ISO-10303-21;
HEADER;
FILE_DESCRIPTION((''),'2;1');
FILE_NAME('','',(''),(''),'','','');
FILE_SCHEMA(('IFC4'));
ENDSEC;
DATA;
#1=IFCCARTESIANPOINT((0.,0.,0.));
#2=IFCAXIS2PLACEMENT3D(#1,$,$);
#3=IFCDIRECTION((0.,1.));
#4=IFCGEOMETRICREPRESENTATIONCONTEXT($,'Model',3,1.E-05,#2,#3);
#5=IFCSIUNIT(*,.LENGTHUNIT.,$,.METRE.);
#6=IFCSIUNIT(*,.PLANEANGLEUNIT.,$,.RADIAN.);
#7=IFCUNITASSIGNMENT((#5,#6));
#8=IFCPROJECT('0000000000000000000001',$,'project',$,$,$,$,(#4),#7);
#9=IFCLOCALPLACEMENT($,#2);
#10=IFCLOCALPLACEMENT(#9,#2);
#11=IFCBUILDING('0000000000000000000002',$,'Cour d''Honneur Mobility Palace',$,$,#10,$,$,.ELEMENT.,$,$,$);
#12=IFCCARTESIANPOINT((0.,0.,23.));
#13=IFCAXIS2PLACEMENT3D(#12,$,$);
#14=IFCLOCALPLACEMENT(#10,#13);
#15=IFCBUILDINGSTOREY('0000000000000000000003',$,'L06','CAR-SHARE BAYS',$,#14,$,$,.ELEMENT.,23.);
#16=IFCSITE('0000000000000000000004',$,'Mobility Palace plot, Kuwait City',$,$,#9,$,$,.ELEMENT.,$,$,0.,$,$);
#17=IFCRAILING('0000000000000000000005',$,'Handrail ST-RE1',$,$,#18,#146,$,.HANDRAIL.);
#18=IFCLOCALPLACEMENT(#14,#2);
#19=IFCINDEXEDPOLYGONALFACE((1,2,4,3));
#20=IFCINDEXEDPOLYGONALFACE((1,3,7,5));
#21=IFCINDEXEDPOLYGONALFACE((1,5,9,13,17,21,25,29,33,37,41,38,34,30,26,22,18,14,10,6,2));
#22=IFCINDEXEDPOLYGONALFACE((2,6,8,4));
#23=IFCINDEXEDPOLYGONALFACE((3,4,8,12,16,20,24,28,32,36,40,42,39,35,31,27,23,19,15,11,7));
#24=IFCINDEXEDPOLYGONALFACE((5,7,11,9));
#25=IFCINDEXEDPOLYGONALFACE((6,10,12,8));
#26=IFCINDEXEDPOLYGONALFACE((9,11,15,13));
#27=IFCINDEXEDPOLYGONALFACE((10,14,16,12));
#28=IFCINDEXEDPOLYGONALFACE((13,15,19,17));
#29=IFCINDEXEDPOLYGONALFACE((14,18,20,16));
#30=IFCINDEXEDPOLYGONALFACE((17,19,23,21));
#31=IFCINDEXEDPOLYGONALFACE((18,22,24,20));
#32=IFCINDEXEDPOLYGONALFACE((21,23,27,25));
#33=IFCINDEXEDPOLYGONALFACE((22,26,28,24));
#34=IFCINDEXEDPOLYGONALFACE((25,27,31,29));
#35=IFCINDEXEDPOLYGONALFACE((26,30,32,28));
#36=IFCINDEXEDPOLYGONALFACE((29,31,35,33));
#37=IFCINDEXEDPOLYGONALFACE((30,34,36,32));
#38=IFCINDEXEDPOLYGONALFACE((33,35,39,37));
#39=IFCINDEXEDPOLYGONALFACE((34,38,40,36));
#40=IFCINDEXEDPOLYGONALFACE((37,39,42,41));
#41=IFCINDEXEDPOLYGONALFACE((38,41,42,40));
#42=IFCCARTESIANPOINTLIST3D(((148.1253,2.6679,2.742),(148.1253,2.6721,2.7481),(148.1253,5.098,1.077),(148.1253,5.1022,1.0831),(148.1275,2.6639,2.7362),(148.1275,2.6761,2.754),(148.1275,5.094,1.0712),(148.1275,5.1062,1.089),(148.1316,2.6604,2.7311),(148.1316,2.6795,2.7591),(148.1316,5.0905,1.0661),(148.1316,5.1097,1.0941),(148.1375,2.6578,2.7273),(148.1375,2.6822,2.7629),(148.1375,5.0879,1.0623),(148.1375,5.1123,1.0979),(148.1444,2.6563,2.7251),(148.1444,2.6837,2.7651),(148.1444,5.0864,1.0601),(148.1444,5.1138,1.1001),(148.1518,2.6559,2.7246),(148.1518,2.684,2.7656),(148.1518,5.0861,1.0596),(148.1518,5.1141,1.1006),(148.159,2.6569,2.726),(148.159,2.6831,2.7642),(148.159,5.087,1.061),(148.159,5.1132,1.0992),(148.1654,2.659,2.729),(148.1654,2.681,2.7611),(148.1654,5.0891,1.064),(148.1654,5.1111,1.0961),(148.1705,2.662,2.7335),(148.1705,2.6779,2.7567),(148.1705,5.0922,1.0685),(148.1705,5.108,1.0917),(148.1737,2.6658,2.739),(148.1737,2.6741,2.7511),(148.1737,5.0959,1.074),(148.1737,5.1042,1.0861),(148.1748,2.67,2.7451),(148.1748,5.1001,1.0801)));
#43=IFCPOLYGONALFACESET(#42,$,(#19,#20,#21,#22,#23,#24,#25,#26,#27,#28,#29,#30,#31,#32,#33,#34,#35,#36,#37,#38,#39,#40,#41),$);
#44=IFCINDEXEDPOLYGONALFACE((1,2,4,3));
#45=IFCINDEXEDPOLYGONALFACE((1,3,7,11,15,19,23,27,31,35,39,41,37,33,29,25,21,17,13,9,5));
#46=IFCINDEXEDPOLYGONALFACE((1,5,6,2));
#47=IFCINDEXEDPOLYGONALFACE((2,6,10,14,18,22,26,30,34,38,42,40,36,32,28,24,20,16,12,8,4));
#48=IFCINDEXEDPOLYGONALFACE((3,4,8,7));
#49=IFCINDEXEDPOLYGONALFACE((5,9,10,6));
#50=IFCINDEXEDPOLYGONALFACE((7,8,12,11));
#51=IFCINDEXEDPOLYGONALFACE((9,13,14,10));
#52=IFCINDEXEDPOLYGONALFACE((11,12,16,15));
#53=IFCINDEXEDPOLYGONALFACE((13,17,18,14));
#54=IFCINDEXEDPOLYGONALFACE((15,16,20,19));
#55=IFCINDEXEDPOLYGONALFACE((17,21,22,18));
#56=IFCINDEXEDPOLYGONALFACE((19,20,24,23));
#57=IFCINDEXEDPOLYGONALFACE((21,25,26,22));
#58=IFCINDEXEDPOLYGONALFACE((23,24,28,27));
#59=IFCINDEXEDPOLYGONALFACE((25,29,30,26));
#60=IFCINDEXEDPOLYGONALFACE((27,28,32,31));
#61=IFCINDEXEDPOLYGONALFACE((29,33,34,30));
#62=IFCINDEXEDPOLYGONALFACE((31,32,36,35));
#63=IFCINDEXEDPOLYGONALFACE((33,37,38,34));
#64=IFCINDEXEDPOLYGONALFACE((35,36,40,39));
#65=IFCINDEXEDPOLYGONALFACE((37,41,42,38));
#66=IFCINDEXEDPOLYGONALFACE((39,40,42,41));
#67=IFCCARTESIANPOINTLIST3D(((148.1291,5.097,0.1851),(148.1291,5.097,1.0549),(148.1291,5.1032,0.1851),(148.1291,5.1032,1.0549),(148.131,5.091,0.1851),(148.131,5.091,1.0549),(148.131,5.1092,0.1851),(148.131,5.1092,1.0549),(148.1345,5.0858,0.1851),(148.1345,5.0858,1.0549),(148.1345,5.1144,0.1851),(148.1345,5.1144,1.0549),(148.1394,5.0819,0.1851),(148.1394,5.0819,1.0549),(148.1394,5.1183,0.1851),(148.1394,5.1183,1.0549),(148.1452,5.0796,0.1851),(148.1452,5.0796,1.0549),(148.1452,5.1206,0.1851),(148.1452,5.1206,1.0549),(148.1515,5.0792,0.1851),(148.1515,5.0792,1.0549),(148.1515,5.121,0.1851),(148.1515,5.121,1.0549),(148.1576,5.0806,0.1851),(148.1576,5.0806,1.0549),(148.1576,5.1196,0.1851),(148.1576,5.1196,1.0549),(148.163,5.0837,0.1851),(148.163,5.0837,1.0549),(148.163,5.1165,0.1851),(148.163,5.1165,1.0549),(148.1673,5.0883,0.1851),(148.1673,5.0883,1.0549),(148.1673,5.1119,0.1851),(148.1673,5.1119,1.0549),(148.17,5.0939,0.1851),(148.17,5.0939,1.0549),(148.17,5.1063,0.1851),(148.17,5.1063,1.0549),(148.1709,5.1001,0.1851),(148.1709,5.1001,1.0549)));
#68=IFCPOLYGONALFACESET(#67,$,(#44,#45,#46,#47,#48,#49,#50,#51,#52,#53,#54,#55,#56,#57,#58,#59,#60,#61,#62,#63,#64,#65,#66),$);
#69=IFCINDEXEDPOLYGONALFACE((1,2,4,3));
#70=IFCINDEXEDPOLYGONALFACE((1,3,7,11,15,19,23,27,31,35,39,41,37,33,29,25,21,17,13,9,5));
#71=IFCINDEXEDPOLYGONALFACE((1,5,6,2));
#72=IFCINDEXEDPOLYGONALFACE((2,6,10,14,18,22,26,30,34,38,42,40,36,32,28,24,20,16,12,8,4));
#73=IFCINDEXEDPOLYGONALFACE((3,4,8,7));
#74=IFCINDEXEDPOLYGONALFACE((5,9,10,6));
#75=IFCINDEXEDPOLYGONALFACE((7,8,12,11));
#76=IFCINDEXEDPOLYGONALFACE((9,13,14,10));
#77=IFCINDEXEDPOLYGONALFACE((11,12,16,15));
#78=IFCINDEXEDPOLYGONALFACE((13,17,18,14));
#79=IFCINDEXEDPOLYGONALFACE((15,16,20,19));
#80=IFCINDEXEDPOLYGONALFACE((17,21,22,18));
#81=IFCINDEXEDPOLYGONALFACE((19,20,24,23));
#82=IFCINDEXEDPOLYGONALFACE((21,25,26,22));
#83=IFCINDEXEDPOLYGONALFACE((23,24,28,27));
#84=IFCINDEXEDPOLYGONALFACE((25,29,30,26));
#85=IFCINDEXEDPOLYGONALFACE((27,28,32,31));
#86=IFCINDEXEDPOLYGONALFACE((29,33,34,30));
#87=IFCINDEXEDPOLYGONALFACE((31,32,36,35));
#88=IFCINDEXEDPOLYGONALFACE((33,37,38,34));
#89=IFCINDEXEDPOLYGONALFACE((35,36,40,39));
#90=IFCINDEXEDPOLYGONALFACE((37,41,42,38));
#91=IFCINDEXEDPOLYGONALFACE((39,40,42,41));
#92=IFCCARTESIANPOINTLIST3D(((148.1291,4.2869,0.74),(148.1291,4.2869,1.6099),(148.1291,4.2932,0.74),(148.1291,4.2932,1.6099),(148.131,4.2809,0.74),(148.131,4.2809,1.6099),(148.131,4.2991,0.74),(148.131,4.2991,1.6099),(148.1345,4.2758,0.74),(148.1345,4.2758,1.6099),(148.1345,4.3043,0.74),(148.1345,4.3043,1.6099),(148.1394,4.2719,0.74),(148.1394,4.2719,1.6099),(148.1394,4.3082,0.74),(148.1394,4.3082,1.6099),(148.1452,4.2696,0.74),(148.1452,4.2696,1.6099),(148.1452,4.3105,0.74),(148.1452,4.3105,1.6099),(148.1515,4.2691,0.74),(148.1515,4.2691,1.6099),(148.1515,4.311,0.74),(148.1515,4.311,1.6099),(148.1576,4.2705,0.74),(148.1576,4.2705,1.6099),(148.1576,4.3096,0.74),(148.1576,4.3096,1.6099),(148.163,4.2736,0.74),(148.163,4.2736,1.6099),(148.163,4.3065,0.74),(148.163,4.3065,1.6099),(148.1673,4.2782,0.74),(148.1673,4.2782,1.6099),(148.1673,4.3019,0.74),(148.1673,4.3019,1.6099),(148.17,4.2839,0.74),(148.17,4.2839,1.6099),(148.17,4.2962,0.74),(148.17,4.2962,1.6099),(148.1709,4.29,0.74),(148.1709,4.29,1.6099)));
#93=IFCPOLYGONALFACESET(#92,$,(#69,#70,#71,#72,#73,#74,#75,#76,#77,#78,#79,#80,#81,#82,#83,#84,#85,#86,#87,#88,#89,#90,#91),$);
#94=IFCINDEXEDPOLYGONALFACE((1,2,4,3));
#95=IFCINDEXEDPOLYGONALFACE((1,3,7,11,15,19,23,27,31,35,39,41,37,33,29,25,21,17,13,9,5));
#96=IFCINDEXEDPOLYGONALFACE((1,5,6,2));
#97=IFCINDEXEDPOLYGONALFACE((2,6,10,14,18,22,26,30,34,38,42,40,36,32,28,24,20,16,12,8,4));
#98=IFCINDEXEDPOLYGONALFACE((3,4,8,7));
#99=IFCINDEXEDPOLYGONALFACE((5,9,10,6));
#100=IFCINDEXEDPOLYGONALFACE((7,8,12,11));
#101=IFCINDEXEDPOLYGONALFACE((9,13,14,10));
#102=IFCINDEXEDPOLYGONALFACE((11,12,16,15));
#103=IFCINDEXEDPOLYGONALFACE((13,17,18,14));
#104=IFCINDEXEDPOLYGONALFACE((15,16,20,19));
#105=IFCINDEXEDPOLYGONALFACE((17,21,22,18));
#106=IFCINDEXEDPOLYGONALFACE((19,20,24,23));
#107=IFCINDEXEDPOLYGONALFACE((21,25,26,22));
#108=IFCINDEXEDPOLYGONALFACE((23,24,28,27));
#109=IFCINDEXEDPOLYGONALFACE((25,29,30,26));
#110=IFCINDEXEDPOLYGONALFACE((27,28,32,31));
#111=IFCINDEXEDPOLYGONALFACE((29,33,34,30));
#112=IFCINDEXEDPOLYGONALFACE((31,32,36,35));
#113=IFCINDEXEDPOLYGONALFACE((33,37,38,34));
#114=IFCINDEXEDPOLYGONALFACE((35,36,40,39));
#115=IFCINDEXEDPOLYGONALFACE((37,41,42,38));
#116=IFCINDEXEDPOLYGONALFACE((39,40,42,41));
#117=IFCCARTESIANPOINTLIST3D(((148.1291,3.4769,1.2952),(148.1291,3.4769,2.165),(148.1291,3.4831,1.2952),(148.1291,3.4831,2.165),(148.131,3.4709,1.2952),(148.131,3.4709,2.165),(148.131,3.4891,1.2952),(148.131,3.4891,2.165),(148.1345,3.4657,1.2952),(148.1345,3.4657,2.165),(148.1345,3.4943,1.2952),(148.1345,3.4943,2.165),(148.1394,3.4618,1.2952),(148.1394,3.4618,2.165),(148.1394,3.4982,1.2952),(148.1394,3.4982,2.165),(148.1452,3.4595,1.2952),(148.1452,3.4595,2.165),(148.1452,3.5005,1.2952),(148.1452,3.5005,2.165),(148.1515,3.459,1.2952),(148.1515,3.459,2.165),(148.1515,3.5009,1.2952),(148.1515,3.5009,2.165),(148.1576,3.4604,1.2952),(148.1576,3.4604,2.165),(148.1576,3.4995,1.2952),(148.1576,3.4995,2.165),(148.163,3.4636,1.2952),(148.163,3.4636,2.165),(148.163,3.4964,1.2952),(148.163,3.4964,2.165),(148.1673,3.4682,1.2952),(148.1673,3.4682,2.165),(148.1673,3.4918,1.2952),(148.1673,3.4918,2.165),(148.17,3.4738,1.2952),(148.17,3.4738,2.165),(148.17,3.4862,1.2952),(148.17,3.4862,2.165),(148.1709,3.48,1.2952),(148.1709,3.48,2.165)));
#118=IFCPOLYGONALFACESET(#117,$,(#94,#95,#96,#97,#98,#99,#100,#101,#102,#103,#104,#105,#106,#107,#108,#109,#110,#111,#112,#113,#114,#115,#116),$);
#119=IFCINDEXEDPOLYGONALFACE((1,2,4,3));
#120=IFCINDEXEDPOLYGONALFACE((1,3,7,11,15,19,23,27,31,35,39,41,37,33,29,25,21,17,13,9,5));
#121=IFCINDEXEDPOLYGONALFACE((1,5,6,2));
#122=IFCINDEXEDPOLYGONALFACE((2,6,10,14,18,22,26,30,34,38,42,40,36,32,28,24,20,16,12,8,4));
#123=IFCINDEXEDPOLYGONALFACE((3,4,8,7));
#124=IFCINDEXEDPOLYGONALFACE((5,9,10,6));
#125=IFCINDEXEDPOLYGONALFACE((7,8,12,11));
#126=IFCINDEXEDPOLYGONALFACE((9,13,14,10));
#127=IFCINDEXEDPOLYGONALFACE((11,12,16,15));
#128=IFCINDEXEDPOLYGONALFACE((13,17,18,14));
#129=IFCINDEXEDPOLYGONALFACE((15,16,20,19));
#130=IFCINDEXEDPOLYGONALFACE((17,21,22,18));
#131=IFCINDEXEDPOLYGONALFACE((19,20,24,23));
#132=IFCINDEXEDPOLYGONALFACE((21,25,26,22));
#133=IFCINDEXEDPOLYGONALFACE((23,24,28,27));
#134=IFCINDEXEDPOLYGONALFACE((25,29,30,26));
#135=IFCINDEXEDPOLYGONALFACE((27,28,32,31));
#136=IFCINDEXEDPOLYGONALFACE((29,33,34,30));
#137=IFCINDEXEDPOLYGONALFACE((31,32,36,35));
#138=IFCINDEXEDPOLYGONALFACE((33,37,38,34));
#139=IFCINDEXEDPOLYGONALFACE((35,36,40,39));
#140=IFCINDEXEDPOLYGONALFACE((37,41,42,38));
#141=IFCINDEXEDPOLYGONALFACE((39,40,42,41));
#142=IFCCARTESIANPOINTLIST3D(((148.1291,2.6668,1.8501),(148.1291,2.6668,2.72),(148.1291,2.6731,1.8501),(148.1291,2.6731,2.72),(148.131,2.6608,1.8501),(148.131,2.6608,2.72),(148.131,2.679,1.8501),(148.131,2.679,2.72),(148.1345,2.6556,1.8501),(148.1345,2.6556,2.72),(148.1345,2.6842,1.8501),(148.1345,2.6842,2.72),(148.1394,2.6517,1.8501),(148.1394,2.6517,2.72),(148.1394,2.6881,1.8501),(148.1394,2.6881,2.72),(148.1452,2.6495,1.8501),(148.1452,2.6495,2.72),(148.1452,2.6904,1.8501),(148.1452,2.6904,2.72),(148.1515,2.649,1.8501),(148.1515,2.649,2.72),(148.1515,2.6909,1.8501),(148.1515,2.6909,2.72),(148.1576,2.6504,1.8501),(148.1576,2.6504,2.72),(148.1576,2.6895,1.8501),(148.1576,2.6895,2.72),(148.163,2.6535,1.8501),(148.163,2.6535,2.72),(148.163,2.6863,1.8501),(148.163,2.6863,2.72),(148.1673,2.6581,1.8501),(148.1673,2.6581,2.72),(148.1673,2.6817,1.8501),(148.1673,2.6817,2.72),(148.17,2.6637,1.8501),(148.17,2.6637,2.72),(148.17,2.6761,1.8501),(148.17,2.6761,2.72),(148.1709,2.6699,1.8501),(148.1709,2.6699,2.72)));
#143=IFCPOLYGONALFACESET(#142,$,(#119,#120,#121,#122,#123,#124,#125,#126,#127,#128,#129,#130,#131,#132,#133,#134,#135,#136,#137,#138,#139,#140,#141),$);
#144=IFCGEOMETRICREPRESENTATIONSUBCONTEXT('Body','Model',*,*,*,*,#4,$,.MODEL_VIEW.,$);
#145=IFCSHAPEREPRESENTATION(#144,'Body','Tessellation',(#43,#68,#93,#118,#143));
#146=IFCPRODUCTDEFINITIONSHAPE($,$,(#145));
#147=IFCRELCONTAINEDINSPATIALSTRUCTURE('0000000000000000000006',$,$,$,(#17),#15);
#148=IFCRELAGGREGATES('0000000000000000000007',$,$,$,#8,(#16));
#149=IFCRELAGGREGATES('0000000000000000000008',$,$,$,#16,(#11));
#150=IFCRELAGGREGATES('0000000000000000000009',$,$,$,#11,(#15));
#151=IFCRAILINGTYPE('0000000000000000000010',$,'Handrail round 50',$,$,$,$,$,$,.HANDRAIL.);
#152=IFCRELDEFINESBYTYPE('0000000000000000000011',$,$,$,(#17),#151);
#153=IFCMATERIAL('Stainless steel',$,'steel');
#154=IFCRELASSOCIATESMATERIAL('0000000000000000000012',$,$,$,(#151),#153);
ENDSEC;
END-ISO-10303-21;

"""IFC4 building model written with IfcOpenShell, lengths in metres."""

from ifc_helpers import new_model, si_unit, direction, frame, origin, origin_2d, place, context, subcontext, project, spatial, circle, extrude, material, type_object, element, save


model = new_model("IFC4")

# Units and contexts
model_context = context("Model", 3, precision=1e-05, world=origin(), true_north=direction((0.0, 1.0)))
body_context = subcontext(model_context, "Body", "Model", "MODEL_VIEW")
ifc_project = project(units=[si_unit("LENGTHUNIT", "METRE"), si_unit("PLANEANGLEUNIT", "RADIAN")], contexts=[model_context])

# Site, building, storey
site_placement = place(None, origin())
site = spatial("IfcSite", under=ifc_project, at=site_placement, Name="Mobility Palace plot, Kuwait City", CompositionType="ELEMENT", RefElevation=0.0)
building_placement = place(site_placement, origin())
building = spatial("IfcBuilding", under=site, at=building_placement, Name="Cour d'Honneur Mobility Palace", CompositionType="ELEMENT")
storey_placement = place(building_placement, frame((0.0, 0.0, 23.0)))
storey = spatial("IfcBuildingStorey", under=building, at=storey_placement, Name="L06", Description="CAR-SHARE BAYS", CompositionType="ELEMENT", Elevation=23.0)

# Railing
ifc_material_1 = material(Name="Stainless steel", Category="steel")
railing_type_1 = type_object("IfcRailingType", Name="Handrail round 50", PredefinedType="HANDRAIL", material=ifc_material_1)
for number, where, name in (
    (1, (148.1499, 5.1001, 0.1851), "Handrail ST-RE1"),
):
    element("IfcRailing", number, at=place(storey_placement, frame(where)), inside=storey, type_object=railing_type_1, Name=name, PredefinedType="HANDRAIL", context=body_context, shape_type="SweptSolid", body=[
        extrude(circle(Radius=0.0249, at=origin_2d()), frame((0.0, 0.0, 0.895), z_axis=(0.0, -0.824945, 0.565213), x_axis=(1.0, 0.0, 0.0)), (0.0, 0.0, 1.0), 2.9458),
        extrude(circle(Radius=0.021, at=origin_2d()), origin(), (0.0, 0.0, 1.0), 0.8699),
        extrude(circle(Radius=0.021, at=origin_2d()), frame((0.0, -0.8101, 0.5549)), (0.0, 0.0, 1.0), 0.8699),
        extrude(circle(Radius=0.021, at=origin_2d()), frame((0.0, -1.6201, 1.1101)), (0.0, 0.0, 1.0), 0.8699),
        extrude(circle(Radius=0.021, at=origin_2d()), frame((0.0, -2.4302, 1.665)), (0.0, 0.0, 1.0), 0.8699),
    ])

save(model, "model.ifc")
